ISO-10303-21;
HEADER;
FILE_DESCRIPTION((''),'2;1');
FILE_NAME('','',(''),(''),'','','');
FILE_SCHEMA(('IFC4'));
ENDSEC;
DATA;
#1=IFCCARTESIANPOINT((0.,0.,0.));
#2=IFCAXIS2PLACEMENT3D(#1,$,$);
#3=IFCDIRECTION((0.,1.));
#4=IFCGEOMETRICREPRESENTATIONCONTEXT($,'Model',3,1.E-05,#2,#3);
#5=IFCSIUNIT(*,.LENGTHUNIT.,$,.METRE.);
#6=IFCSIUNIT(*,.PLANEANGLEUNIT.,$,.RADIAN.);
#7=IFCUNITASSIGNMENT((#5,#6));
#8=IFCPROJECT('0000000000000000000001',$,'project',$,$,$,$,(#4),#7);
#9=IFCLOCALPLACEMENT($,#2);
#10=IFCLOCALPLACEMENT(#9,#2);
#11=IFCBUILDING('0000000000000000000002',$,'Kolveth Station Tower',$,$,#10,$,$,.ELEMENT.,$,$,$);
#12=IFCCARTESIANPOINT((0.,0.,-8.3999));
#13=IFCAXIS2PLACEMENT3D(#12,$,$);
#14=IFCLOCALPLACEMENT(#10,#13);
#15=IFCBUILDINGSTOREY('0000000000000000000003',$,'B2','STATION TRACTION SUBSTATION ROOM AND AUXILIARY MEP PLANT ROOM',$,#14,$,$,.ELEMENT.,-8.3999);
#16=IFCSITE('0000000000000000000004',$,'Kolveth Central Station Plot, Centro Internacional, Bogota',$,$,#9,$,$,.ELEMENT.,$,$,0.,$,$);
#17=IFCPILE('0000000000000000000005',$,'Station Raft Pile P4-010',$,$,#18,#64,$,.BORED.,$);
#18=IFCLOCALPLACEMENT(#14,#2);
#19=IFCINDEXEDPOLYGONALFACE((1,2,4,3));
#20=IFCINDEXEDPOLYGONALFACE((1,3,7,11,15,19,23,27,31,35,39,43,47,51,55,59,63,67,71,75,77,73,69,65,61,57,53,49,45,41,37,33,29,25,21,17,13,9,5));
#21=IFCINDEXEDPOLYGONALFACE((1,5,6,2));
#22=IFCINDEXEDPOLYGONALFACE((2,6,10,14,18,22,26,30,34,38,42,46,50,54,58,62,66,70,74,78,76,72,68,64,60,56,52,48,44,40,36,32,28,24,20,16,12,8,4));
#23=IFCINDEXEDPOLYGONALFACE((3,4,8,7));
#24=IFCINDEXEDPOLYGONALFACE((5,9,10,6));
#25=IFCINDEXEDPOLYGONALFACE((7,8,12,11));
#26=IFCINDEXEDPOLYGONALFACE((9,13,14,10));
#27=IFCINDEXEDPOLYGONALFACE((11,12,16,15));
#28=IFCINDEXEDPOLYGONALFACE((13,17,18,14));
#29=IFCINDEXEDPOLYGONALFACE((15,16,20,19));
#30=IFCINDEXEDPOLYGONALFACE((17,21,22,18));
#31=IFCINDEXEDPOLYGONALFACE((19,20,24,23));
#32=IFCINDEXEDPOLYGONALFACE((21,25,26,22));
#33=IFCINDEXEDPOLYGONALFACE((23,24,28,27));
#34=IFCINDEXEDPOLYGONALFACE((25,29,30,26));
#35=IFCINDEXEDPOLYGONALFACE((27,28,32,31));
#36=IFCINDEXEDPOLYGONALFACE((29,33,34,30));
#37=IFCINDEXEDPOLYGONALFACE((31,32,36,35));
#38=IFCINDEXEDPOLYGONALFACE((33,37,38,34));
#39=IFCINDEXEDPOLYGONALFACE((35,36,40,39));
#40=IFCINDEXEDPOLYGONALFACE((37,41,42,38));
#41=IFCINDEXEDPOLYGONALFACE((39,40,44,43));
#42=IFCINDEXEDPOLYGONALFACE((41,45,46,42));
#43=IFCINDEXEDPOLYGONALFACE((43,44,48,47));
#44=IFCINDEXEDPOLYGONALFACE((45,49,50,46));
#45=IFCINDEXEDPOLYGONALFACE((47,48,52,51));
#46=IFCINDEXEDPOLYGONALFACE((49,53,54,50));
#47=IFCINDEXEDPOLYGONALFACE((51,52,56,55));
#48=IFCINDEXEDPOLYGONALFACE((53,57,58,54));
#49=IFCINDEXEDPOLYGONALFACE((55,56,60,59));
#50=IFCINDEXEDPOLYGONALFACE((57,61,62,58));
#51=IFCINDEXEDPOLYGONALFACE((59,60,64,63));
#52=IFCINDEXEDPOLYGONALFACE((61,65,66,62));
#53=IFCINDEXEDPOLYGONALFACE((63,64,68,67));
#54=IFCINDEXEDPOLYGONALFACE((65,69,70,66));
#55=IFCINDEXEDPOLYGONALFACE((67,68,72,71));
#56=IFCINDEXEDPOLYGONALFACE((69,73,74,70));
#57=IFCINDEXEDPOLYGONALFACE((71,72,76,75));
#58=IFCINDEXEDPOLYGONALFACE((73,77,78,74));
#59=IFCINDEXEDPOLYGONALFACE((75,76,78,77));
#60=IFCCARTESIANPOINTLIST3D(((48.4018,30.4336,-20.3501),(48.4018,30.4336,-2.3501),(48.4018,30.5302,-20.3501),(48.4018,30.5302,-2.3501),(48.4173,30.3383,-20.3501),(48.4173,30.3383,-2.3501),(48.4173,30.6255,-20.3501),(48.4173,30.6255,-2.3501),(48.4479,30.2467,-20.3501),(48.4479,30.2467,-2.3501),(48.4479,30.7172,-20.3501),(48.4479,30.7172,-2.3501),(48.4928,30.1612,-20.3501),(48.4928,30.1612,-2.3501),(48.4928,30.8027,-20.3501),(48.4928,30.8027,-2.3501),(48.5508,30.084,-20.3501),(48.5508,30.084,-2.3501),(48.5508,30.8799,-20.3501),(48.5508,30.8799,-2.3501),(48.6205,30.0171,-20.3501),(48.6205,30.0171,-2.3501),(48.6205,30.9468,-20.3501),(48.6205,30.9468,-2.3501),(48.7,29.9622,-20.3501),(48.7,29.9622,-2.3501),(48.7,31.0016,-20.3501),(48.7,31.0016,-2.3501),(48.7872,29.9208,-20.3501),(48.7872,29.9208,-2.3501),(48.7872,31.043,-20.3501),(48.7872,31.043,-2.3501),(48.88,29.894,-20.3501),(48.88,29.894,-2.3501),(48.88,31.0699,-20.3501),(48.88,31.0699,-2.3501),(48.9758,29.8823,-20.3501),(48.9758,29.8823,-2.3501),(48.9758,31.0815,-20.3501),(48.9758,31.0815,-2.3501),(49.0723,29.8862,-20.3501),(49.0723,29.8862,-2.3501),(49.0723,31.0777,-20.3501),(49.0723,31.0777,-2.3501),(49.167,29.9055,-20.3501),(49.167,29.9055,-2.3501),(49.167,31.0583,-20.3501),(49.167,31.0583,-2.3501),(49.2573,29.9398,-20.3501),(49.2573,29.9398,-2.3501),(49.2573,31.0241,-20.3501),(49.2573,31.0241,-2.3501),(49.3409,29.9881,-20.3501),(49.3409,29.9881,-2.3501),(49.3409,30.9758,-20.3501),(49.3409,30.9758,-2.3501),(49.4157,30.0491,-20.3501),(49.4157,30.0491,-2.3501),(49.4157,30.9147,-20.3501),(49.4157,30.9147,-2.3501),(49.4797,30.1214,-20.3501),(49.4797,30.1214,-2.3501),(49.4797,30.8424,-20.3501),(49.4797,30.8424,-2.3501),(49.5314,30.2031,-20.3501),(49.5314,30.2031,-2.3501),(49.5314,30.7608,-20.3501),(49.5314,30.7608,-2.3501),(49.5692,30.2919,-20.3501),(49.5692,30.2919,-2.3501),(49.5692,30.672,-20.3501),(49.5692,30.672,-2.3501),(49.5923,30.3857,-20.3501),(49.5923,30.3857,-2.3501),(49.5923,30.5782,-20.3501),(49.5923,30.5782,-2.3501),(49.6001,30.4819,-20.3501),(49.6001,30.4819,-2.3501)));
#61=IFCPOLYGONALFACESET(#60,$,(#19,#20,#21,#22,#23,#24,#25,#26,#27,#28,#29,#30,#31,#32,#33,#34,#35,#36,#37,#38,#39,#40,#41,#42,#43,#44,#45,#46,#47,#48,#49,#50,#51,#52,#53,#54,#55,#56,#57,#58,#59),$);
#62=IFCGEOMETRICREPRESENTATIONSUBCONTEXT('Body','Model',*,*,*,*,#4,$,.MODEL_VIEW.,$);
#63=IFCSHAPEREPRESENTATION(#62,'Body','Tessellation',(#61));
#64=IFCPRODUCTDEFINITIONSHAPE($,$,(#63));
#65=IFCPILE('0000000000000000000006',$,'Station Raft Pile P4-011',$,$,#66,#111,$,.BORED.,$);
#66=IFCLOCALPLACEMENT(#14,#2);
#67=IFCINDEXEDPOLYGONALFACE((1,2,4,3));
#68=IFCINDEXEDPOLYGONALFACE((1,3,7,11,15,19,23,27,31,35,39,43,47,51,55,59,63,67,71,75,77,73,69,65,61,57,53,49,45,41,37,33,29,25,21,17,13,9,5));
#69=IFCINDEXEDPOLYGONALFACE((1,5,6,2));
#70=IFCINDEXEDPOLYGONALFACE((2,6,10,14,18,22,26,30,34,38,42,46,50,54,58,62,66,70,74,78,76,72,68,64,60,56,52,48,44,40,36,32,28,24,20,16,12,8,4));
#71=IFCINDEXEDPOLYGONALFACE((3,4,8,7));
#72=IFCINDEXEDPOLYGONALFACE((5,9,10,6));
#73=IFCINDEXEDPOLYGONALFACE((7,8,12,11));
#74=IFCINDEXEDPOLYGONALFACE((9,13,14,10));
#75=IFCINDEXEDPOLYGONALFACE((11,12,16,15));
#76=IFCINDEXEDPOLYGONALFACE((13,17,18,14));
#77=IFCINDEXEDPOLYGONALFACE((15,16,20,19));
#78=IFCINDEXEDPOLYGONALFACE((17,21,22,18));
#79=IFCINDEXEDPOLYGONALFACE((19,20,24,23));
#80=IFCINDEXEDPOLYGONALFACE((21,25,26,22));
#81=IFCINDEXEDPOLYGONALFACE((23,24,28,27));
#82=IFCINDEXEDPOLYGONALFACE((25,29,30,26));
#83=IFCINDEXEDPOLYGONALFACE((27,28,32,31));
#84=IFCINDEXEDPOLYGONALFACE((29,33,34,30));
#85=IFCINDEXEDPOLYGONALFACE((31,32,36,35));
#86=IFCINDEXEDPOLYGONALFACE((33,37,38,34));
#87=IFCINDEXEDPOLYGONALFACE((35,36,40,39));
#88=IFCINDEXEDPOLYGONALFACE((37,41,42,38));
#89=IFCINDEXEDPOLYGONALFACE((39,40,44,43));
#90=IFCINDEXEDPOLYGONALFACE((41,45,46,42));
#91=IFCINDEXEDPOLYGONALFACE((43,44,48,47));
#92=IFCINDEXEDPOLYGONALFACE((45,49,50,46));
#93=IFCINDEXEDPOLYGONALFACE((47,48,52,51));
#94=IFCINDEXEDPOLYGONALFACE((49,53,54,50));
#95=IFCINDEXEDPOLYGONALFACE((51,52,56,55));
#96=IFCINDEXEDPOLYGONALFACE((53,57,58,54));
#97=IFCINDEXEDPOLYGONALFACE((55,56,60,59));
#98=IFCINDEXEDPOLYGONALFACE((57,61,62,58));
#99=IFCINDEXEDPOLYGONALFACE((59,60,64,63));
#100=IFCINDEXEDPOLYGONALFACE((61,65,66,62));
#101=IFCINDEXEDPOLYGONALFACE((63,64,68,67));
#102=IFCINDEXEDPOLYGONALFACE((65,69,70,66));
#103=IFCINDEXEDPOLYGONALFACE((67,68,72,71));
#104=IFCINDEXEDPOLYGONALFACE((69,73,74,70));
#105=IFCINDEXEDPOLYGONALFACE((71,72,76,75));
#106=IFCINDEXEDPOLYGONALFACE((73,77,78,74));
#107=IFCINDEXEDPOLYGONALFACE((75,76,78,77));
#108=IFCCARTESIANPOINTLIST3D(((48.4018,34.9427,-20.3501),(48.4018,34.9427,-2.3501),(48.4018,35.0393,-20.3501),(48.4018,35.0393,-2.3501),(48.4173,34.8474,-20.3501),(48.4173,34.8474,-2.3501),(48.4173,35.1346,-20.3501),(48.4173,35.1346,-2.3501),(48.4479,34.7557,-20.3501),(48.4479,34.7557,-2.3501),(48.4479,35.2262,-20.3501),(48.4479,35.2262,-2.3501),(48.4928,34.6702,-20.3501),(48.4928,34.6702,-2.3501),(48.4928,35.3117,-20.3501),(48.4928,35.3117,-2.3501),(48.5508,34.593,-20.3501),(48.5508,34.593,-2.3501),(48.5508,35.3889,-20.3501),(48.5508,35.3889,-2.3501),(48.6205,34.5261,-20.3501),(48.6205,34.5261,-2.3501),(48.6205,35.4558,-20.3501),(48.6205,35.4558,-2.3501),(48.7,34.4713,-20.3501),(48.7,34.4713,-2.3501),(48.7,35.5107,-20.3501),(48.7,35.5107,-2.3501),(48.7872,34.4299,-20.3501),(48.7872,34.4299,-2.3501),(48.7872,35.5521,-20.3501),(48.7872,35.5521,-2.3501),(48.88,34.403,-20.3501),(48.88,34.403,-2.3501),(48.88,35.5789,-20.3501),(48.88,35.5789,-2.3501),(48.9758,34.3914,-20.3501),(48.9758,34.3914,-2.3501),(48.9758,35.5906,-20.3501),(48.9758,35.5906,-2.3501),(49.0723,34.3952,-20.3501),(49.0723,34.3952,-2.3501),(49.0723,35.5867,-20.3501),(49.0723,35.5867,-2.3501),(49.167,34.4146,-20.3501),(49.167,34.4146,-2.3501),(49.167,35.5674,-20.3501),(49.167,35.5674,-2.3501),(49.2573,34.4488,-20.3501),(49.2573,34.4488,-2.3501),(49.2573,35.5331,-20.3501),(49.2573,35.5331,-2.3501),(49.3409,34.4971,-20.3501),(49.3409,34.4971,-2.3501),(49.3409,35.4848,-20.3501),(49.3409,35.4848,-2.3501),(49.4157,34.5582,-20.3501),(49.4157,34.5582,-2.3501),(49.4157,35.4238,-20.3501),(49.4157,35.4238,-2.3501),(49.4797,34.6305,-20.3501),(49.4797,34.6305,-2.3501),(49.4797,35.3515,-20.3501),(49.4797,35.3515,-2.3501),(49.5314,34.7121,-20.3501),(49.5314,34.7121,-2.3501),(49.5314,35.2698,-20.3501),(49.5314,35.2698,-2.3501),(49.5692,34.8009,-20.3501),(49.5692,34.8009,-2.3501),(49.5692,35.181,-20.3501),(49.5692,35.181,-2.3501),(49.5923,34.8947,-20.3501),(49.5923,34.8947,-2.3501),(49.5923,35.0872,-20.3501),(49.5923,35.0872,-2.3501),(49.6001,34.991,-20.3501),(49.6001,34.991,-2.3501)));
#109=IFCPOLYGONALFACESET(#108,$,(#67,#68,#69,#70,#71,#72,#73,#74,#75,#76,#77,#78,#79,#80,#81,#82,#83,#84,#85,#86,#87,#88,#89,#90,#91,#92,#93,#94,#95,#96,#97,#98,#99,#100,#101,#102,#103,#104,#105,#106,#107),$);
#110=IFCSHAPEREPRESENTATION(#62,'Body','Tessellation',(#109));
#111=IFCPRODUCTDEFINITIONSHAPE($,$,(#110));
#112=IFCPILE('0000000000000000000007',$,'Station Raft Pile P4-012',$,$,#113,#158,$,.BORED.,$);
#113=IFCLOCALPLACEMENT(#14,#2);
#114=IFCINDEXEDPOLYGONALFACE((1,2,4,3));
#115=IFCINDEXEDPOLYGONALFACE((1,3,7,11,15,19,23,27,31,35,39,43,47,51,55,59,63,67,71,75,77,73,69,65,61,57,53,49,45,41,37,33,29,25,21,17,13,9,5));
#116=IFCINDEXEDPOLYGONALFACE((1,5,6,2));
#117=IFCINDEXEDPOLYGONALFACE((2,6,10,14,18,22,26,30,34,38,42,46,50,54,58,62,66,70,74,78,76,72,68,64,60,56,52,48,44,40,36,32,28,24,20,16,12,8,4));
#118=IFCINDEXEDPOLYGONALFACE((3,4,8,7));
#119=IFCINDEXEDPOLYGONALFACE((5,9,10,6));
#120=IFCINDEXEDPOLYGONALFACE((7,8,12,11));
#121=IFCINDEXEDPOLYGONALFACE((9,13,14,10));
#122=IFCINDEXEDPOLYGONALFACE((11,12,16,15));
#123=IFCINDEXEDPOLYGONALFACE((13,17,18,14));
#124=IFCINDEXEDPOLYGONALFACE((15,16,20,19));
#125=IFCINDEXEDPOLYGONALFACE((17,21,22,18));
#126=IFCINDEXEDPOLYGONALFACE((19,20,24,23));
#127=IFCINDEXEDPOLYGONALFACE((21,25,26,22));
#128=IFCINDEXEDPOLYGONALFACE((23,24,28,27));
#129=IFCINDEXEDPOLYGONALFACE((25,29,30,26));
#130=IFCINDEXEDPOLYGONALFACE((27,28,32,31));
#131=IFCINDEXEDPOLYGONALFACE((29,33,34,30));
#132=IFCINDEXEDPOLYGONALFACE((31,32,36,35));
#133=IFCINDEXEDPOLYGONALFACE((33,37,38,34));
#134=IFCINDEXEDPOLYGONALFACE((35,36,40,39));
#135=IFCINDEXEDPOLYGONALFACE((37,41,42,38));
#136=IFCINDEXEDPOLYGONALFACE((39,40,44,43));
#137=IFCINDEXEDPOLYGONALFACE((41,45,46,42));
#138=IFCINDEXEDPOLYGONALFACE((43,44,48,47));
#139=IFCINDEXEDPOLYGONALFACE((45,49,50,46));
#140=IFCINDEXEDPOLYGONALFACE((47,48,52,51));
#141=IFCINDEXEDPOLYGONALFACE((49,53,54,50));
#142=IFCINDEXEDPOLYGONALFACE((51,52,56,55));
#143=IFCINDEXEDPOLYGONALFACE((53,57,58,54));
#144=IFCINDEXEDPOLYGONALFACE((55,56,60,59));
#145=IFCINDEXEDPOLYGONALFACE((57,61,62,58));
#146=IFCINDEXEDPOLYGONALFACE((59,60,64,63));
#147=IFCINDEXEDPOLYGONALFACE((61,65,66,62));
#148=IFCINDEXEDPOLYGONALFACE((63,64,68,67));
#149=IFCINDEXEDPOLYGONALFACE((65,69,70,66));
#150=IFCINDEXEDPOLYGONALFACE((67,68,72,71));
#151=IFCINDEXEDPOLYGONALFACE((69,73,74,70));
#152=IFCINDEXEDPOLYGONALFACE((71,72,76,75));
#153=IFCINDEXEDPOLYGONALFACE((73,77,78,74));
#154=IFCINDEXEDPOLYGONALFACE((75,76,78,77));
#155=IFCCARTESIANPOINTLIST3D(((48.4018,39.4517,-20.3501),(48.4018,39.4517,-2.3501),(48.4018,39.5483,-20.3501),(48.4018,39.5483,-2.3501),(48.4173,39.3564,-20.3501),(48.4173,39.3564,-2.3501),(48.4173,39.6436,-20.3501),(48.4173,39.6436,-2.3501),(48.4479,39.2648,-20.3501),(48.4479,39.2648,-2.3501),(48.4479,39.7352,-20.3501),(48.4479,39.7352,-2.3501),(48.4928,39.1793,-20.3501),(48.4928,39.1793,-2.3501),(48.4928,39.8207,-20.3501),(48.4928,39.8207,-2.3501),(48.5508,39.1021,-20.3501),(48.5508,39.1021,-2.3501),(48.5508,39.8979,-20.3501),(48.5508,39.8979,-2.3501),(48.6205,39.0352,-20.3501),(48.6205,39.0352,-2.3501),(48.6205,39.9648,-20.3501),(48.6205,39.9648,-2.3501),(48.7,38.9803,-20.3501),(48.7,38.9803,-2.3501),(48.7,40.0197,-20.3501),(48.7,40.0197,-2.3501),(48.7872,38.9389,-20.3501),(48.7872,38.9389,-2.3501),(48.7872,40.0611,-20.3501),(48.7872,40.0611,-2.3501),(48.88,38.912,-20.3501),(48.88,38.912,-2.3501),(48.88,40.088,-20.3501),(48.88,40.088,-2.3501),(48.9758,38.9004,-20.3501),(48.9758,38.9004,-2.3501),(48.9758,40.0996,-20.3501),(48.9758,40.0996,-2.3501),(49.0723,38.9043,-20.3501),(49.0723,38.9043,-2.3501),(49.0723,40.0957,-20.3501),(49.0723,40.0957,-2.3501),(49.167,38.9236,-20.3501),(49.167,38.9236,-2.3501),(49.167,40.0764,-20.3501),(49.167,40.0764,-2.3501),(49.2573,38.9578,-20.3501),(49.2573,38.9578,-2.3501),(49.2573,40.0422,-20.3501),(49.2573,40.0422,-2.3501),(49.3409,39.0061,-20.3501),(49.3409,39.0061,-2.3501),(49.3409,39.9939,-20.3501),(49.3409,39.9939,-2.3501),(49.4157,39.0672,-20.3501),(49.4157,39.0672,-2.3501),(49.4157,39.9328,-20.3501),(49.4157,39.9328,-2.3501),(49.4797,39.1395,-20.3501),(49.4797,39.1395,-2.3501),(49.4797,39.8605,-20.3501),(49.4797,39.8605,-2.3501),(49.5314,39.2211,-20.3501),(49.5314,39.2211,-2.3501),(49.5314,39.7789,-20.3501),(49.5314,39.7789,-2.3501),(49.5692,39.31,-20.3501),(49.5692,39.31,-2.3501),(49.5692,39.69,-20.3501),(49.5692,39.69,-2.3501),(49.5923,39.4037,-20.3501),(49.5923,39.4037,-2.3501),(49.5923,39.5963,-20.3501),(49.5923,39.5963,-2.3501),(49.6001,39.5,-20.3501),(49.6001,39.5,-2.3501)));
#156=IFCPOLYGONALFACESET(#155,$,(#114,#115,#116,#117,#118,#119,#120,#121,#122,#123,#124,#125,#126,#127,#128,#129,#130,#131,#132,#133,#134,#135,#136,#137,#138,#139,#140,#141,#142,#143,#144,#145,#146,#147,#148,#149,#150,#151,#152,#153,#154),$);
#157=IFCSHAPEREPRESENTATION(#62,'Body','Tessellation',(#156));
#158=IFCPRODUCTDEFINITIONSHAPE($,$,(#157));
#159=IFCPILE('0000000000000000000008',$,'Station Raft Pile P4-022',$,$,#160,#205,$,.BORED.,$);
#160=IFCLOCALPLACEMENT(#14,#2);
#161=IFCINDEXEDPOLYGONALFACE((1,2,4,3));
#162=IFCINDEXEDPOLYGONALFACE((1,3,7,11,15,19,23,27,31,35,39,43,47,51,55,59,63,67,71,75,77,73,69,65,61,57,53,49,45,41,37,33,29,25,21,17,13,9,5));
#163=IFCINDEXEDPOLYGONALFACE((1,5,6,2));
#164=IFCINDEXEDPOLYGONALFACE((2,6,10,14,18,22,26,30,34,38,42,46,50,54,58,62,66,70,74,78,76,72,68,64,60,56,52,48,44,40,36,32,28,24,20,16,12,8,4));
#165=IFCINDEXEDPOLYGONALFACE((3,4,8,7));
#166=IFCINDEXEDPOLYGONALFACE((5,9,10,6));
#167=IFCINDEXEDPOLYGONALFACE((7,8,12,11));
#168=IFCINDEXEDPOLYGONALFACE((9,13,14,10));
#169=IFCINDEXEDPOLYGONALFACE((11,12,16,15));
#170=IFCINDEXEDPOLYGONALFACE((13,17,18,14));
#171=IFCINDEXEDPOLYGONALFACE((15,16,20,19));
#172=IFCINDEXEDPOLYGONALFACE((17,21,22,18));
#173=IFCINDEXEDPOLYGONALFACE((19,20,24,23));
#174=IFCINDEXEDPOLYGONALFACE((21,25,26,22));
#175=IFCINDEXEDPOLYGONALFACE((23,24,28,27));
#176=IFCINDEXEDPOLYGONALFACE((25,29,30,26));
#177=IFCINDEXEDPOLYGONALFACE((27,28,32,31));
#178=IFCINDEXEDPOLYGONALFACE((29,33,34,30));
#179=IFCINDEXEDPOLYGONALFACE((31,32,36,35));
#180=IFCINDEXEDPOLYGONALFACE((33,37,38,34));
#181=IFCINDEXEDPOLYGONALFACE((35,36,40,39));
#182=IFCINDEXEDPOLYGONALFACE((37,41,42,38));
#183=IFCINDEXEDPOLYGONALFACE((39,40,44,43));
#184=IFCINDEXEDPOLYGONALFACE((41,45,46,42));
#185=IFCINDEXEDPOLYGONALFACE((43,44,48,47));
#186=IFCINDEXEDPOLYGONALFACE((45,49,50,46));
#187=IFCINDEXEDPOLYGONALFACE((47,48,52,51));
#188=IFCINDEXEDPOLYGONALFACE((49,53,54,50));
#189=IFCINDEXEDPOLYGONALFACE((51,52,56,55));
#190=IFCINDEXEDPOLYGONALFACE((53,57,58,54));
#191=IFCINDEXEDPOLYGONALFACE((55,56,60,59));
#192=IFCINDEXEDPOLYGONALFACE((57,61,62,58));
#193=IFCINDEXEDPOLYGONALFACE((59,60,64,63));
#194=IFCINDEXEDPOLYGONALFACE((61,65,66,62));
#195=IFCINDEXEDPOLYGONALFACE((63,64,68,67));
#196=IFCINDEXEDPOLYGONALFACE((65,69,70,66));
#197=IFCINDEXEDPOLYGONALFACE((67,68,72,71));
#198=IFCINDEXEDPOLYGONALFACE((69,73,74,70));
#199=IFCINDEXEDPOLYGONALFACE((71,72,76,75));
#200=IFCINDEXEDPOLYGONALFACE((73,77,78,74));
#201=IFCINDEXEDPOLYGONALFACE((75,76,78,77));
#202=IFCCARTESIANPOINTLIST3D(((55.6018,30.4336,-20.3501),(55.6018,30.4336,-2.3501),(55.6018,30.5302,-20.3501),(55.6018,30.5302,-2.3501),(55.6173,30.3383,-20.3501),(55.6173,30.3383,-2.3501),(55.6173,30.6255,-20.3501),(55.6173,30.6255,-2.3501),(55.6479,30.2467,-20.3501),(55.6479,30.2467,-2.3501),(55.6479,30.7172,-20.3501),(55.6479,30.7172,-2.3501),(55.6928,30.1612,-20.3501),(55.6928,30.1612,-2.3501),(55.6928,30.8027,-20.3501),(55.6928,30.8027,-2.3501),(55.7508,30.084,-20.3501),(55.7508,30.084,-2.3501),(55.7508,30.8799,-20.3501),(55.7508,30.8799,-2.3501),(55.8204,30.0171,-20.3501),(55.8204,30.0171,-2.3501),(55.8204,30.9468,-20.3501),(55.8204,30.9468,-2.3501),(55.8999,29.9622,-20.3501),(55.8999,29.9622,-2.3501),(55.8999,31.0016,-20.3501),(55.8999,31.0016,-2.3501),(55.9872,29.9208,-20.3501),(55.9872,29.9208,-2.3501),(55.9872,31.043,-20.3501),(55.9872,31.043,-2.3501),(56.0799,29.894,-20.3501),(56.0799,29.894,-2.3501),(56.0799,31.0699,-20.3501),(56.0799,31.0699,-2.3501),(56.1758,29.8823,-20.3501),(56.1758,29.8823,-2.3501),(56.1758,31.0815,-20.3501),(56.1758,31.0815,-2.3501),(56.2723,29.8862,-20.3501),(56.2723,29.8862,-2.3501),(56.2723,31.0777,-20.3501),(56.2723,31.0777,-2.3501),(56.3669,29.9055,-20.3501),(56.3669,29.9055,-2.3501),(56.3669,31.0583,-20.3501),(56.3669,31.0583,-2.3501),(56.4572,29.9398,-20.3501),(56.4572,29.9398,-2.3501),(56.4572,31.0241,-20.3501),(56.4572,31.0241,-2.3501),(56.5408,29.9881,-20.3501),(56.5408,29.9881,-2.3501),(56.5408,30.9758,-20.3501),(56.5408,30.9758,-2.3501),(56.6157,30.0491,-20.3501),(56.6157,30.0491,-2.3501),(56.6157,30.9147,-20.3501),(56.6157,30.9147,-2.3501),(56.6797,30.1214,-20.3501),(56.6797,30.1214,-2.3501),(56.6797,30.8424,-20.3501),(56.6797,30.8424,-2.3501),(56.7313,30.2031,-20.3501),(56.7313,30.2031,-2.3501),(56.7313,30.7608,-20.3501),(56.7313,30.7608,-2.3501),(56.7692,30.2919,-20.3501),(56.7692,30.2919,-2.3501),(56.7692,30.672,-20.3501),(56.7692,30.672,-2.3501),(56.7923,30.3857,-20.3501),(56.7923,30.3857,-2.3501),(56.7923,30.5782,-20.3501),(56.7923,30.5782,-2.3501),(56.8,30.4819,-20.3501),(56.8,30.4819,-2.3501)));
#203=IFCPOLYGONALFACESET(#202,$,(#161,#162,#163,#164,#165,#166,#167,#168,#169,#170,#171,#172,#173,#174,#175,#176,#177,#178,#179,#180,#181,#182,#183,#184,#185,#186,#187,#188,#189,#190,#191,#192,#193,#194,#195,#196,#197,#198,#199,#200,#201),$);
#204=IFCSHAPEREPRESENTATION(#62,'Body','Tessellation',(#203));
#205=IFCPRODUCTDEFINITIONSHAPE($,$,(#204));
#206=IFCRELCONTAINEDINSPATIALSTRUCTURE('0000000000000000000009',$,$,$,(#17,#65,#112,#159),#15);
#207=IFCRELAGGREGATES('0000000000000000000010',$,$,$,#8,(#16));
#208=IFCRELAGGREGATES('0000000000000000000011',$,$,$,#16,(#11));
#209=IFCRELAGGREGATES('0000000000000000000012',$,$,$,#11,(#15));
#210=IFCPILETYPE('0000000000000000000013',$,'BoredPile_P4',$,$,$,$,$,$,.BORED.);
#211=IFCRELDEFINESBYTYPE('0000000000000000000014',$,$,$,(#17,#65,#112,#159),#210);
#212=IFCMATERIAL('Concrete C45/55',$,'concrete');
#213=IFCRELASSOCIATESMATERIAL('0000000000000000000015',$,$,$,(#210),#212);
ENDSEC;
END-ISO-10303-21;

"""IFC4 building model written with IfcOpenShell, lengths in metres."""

from ifc_helpers import new_model, si_unit, direction, frame, origin, origin_2d, place, context, subcontext, project, spatial, circle, extrude, source, transform, mapped, material, material_profile, profile_set, type_object, element, save


model = new_model("IFC4")

# Units and contexts
model_context = context("Model", 3, precision=1e-05, world=origin(), true_north=direction((0.0, 1.0)))
body_context = subcontext(model_context, "Body", "Model", "MODEL_VIEW")
ifc_project = project(units=[si_unit("LENGTHUNIT", "METRE"), si_unit("PLANEANGLEUNIT", "RADIAN")], contexts=[model_context])

# Site, building, storey
site_placement = place(None, origin())
site = spatial("IfcSite", under=ifc_project, at=site_placement, Name="Kolveth Central Station Plot, Centro Internacional, Bogota", CompositionType="ELEMENT", RefElevation=0.0)
building_placement = place(site_placement, origin())
building = spatial("IfcBuilding", under=site, at=building_placement, Name="Kolveth Station Tower", CompositionType="ELEMENT")
storey_placement = place(building_placement, frame((0.0, 0.0, -8.3999)))
storey = spatial("IfcBuildingStorey", under=building, at=storey_placement, Name="B2", Description="STATION TRACTION SUBSTATION ROOM AND AUXILIARY MEP PLANT ROOM", CompositionType="ELEMENT", Elevation=-8.3999)

# Piles
ifc_material_1 = material(Name="Concrete C45/55", Category="concrete")
ifc_material_profile_1 = material_profile(ifc_material_1, circle(Radius=0.6001, at=origin_2d()), Name="PILE-D1200")
ifc_profile_set_1 = profile_set([ifc_material_profile_1], Name="Concrete C45/55")
pile_type = type_object("IfcPileType", Name="BoredPile_P4", PredefinedType="BORED", material=ifc_profile_set_1)
shared_shape_1 = source(origin(), body_context, "Body", "SweptSolid", [
    extrude(circle(Radius=0.6001, at=origin_2d()), origin(), (0.0, 0.0, 1.0), 18.0),
])
for number, where, z_axis, x_axis, name in (
    (1, (49.0, 30.4819, -2.3501), (0.0, 0.0, -1.0), (1.0, 0.0, 0.0), "Station Raft Pile P4-010"),
    (2, (49.0, 34.991, -2.3501), (0.0, 0.0, -1.0), (1.0, 0.0, 0.0), "Station Raft Pile P4-011"),
    (3, (49.0, 39.5, -2.3501), (0.0, 0.0, -1.0), (1.0, 0.0, 0.0), "Station Raft Pile P4-012"),
    (4, (56.2, 30.4819, -2.3501), (0.0, 0.0, -1.0), (1.0, 0.0, 0.0), "Station Raft Pile P4-022"),
):
    element("IfcPile", number, at=place(storey_placement, frame(where, z_axis=z_axis, x_axis=x_axis)), inside=storey, type_object=pile_type, Name=name, PredefinedType="BORED", context=body_context, shape_type="MappedRepresentation", body=[
        mapped(shared_shape_1, transform((0.0, 0.0, 0.0), x_axis=(1.0, 0.0, 0.0), y_axis=(0.0, 1.0, 0.0), z_axis=(0.0, 0.0, 1.0), scale=1.0)),
    ])

save(model, "model.ifc")
